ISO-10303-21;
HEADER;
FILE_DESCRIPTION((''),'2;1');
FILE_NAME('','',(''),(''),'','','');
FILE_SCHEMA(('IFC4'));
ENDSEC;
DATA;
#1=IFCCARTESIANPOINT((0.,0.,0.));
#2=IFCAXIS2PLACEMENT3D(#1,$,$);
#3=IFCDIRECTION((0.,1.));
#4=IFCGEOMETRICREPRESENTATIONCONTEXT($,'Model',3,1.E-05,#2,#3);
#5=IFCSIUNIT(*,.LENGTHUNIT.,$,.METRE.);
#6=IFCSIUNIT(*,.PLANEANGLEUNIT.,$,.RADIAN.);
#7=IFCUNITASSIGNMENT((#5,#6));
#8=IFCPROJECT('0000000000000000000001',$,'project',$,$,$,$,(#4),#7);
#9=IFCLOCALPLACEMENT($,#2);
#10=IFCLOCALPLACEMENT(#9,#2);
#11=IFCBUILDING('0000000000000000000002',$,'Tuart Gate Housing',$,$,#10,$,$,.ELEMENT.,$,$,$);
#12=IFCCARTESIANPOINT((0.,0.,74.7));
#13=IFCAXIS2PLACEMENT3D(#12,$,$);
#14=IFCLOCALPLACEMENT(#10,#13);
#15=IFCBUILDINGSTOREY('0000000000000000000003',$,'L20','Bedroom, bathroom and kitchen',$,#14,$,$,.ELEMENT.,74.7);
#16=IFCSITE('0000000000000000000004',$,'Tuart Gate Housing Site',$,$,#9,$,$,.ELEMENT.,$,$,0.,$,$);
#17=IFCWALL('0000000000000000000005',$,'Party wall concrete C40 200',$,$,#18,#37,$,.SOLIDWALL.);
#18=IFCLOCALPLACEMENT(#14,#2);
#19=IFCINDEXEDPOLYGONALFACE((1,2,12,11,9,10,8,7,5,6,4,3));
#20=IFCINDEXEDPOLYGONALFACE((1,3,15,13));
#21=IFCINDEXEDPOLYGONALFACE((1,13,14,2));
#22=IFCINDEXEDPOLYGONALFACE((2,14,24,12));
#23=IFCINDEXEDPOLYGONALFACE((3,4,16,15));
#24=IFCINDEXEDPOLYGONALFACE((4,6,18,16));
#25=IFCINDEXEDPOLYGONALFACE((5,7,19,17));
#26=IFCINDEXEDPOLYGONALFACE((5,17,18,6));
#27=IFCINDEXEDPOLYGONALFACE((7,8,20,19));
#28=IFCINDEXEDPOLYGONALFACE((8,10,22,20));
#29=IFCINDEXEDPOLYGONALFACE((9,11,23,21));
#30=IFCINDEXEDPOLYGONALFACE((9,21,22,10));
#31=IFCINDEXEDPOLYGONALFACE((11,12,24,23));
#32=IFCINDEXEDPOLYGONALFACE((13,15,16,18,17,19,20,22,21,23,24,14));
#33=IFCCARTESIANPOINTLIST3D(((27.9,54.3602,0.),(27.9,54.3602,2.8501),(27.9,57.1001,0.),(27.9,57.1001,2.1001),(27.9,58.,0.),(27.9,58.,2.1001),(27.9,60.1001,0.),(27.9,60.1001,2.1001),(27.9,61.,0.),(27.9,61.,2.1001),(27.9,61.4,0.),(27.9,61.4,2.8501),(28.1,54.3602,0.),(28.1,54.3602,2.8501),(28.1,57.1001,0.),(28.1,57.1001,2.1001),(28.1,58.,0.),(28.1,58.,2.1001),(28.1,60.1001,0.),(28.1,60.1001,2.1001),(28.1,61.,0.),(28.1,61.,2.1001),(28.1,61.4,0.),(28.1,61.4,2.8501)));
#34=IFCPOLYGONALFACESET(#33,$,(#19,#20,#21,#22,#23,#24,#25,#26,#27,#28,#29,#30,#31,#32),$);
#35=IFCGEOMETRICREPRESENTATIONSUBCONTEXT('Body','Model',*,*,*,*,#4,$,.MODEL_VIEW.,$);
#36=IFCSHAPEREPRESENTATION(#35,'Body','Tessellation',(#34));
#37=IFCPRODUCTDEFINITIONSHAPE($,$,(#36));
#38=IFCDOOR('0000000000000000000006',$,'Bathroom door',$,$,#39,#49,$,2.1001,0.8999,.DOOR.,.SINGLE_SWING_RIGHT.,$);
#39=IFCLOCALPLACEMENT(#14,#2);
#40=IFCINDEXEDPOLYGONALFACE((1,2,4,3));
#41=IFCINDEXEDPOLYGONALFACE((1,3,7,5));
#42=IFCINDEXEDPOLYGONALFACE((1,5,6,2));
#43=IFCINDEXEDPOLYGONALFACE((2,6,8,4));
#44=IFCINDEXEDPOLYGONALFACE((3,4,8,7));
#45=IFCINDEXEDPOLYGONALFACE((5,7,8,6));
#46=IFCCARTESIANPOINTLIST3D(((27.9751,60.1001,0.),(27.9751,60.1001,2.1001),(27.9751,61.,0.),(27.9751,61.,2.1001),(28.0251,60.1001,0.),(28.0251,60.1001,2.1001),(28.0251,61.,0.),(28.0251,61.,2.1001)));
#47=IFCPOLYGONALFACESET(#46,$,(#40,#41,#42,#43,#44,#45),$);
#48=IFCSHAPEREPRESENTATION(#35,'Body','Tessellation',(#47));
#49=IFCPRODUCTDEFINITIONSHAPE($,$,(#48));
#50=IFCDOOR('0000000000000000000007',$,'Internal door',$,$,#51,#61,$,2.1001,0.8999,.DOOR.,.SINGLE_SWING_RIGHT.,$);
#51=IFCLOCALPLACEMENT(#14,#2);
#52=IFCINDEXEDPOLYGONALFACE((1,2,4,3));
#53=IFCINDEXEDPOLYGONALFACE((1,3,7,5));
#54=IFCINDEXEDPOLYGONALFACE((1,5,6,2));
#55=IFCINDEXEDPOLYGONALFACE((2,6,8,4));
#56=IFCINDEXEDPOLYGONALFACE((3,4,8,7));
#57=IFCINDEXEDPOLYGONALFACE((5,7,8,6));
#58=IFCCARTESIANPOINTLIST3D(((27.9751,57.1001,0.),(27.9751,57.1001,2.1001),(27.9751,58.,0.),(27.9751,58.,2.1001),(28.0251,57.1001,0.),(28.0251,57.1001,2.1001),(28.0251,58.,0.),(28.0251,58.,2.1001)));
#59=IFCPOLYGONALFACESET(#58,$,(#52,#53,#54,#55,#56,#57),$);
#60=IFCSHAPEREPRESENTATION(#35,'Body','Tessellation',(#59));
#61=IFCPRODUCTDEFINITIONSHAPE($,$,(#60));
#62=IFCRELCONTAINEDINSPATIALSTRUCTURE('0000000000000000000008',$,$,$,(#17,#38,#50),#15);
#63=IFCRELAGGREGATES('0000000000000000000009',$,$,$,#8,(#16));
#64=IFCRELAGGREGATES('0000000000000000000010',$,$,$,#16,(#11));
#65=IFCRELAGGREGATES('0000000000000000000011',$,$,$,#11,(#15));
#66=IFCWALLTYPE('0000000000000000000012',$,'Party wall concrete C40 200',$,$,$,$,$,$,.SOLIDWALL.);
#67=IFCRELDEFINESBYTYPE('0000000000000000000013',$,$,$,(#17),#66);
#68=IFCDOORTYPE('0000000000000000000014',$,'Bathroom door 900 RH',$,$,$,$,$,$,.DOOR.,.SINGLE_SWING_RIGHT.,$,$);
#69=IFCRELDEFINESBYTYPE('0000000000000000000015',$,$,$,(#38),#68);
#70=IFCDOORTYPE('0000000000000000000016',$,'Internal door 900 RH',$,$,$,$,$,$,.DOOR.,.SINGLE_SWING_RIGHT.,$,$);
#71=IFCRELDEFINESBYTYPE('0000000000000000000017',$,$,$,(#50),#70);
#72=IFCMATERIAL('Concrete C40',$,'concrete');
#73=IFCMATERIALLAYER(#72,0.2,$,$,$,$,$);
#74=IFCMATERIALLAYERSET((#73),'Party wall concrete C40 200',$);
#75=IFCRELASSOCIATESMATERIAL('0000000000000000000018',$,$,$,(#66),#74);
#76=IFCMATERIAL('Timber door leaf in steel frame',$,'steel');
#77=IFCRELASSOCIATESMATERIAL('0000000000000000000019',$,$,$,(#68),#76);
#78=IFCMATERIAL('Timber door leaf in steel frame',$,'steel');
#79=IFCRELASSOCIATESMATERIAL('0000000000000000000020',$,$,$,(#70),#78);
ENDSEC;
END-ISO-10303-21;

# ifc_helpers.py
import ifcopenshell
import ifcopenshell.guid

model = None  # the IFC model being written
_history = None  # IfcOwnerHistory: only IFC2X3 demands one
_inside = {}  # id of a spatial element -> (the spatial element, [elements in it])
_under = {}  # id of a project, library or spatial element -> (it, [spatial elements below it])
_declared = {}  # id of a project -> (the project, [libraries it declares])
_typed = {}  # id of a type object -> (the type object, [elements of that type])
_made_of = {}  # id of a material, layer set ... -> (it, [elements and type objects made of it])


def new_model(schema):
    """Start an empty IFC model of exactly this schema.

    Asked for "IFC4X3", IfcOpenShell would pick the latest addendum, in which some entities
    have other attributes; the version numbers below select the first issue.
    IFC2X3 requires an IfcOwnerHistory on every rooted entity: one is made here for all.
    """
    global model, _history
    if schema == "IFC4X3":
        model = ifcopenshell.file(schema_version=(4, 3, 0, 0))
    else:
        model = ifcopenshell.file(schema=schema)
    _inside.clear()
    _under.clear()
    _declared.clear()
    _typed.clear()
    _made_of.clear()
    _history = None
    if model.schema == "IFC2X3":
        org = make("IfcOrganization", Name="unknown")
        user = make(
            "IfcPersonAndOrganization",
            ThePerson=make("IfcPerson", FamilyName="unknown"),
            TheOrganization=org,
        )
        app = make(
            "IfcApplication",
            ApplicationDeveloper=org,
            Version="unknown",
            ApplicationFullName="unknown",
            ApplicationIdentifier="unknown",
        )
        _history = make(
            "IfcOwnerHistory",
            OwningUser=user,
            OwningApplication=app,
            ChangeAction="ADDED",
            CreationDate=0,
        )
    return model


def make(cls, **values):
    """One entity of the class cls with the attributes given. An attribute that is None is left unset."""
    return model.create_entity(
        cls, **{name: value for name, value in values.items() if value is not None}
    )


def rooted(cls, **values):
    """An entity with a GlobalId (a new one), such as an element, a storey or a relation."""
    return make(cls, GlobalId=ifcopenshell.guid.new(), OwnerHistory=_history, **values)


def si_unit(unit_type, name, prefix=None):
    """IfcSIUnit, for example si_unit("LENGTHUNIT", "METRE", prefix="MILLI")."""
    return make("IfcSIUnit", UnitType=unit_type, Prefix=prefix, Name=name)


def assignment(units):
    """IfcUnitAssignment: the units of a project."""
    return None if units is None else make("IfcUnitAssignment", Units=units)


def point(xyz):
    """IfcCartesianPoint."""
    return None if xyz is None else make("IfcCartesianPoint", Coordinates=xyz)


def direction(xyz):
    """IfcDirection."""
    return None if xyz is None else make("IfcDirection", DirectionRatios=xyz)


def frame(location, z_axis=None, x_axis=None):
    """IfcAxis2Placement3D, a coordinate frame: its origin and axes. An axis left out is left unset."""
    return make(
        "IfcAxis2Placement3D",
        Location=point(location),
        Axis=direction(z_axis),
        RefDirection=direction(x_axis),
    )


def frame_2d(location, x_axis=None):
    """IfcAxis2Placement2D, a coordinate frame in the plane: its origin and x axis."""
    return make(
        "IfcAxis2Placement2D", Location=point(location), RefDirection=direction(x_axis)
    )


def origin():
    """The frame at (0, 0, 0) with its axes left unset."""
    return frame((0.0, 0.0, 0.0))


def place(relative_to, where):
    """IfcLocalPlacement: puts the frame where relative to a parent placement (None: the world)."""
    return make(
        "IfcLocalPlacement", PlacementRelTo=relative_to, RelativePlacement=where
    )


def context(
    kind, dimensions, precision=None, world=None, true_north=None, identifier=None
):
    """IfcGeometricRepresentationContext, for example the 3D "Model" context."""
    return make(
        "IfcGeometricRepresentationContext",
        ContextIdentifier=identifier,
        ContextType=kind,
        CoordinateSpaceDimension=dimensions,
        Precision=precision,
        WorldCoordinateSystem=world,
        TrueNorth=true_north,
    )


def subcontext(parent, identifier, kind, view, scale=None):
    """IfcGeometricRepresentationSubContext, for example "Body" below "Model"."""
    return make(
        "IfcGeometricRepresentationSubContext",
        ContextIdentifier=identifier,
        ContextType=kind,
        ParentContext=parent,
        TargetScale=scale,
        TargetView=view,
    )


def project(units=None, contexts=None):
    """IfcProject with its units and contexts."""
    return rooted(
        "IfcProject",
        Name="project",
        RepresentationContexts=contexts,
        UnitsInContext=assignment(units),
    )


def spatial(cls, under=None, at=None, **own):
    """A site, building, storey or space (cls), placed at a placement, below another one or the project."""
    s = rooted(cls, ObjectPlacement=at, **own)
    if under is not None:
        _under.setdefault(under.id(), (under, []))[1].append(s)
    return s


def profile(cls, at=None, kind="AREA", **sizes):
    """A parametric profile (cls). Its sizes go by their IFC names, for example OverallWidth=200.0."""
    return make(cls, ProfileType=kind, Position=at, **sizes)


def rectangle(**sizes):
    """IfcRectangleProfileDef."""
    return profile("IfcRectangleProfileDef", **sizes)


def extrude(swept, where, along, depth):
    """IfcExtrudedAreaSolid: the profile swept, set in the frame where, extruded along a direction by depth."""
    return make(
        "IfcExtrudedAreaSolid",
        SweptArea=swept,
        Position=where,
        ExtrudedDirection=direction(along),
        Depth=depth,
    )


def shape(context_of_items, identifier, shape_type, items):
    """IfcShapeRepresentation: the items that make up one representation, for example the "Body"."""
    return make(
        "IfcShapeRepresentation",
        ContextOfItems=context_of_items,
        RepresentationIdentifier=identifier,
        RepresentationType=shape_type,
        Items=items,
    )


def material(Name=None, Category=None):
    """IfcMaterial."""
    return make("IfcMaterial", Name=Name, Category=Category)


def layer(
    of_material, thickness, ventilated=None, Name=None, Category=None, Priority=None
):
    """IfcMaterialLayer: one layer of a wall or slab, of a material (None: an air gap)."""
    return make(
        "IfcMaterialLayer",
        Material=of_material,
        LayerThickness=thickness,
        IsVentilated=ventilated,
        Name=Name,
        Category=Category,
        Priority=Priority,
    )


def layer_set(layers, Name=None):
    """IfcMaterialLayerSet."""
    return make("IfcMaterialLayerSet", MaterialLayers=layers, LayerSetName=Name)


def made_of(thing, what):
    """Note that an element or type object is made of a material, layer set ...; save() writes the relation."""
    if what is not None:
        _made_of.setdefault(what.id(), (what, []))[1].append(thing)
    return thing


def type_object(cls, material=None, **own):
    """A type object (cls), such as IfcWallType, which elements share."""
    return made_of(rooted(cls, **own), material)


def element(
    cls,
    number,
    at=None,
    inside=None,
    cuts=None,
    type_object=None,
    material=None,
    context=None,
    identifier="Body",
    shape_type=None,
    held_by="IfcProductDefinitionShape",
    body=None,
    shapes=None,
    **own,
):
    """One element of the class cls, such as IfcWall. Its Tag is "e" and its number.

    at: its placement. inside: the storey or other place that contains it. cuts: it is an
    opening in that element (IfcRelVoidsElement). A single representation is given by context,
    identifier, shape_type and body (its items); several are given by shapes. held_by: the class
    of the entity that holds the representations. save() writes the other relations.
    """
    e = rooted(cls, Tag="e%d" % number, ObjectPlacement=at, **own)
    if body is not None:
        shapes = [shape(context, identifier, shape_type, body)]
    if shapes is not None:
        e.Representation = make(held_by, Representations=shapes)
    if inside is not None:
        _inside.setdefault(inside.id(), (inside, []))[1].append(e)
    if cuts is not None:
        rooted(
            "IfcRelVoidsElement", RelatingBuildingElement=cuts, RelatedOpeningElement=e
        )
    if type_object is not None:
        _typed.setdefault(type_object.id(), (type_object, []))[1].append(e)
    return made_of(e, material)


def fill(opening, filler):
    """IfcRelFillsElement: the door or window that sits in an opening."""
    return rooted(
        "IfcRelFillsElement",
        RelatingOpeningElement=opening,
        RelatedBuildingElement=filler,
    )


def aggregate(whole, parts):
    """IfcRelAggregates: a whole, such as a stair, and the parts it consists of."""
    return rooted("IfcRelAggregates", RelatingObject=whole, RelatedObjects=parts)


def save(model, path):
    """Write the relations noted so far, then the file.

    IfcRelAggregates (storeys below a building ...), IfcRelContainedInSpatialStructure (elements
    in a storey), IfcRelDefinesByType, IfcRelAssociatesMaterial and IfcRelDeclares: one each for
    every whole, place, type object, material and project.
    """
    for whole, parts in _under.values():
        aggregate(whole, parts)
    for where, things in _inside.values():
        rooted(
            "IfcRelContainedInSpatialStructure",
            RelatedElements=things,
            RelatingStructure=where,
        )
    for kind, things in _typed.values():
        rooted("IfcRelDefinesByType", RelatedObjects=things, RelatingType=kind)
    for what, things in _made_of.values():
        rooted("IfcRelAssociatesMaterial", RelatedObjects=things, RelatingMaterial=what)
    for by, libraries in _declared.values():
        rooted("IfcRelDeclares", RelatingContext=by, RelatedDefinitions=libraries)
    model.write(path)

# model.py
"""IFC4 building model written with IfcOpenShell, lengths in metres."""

from ifc_helpers import new_model, si_unit, direction, frame, frame_2d, origin, place, context, subcontext, project, spatial, rectangle, extrude, material, layer, layer_set, type_object, element, fill, save


model = new_model("IFC4")

# Units and contexts
model_context = context("Model", 3, precision=1e-05, world=origin(), true_north=direction((0.0, 1.0)))
body_context = subcontext(model_context, "Body", "Model", "MODEL_VIEW")
ifc_project = project(units=[si_unit("LENGTHUNIT", "METRE"), si_unit("PLANEANGLEUNIT", "RADIAN")], contexts=[model_context])

# Site, building, storey
site_placement = place(None, origin())
site = spatial("IfcSite", under=ifc_project, at=site_placement, Name="Tuart Gate Housing Site", CompositionType="ELEMENT", RefElevation=0.0)
building_placement = place(site_placement, origin())
building = spatial("IfcBuilding", under=site, at=building_placement, Name="Tuart Gate Housing", CompositionType="ELEMENT")
storey_placement = place(building_placement, frame((0.0, 0.0, 74.7)))
storey = spatial("IfcBuildingStorey", under=building, at=storey_placement, Name="L20", Description="Bedroom, bathroom and kitchen", CompositionType="ELEMENT", Elevation=74.7)

# Wall, openings, doors
ifc_material_1 = material(Name="Concrete C40", Category="concrete")
ifc_layer_1 = layer(ifc_material_1, 0.2)
ifc_layer_set_1 = layer_set([ifc_layer_1], Name="Party wall concrete C40 200")
wall_type_1 = type_object("IfcWallType", Name="Party wall concrete C40 200", PredefinedType="SOLIDWALL", material=ifc_layer_set_1)
wall_1_placement = place(storey_placement, frame((28.0, 54.3601, 0.0), z_axis=(0.0, 0.0, 1.0), x_axis=(0.0, 1.0, 0.0)))
wall_1 = element("IfcWall", 1, at=wall_1_placement, inside=storey, type_object=wall_type_1, Name="Party wall concrete C40 200", PredefinedType="SOLIDWALL", context=body_context, shape_type="SweptSolid", body=[
    extrude(rectangle(XDim=7.0398, YDim=0.2, at=frame_2d((3.52, 0.0))), origin(), (0.0, 0.0, 1.0), 2.8501),
])
opening_1_placement = place(wall_1_placement, frame((2.74, 0.0, 0.0)))
opening_1 = element("IfcOpeningElement", 2, at=opening_1_placement, cuts=wall_1, PredefinedType="OPENING", context=body_context, shape_type="SweptSolid", body=[
    extrude(rectangle(XDim=0.8999, YDim=2.1001, at=frame_2d((0.45, 1.05))), frame((0.0, 0.1099, 0.0), z_axis=(0.0, -1.0, 0.0), x_axis=(1.0, 0.0, 0.0)), (0.0, 0.0, 1.0), 0.22),
])
opening_2_placement = place(wall_1_placement, frame((5.74, 0.0, 0.0)))
opening_2 = element("IfcOpeningElement", 3, at=opening_2_placement, cuts=wall_1, PredefinedType="OPENING", context=body_context, shape_type="SweptSolid", body=[
    extrude(rectangle(XDim=0.8999, YDim=2.1001, at=frame_2d((0.45, 1.05))), frame((0.0, 0.1099, 0.0), z_axis=(0.0, -1.0, 0.0), x_axis=(1.0, 0.0, 0.0)), (0.0, 0.0, 1.0), 0.22),
])
ifc_material_2 = material(Name="Timber door leaf in steel frame", Category="steel")
door_type_1 = type_object("IfcDoorType", Name="Bathroom door 900 RH", OperationType="SINGLE_SWING_RIGHT", PredefinedType="DOOR", material=ifc_material_2)
door_1_placement = place(opening_2_placement, origin())
door_1 = element("IfcDoor", 4, at=door_1_placement, inside=storey, type_object=door_type_1, Name="Bathroom door", OperationType="SINGLE_SWING_RIGHT", OverallHeight=2.1001, OverallWidth=0.8999, PredefinedType="DOOR", context=body_context, shape_type="SweptSolid", body=[
    extrude(rectangle(XDim=0.8999, YDim=2.1001, at=frame_2d((0.45, 1.05))), frame((0.0, 0.0249, 0.0), z_axis=(0.0, -1.0, 0.0), x_axis=(1.0, 0.0, 0.0)), (0.0, 0.0, 1.0), 0.05),
])
fill(opening_2, door_1)
ifc_material_3 = material(Name="Timber door leaf in steel frame", Category="steel")
door_type_2 = type_object("IfcDoorType", Name="Internal door 900 RH", OperationType="SINGLE_SWING_RIGHT", PredefinedType="DOOR", material=ifc_material_3)
door_2_placement = place(opening_1_placement, origin())
door_2 = element("IfcDoor", 5, at=door_2_placement, inside=storey, type_object=door_type_2, Name="Internal door", OperationType="SINGLE_SWING_RIGHT", OverallHeight=2.1001, OverallWidth=0.8999, PredefinedType="DOOR", context=body_context, shape_type="SweptSolid", body=[
    extrude(rectangle(XDim=0.8999, YDim=2.1001, at=frame_2d((0.45, 1.05))), frame((0.0, 0.0249, 0.0), z_axis=(0.0, -1.0, 0.0), x_axis=(1.0, 0.0, 0.0)), (0.0, 0.0, 1.0), 0.05),
])
fill(opening_1, door_2)

save(model, "model.ifc")
